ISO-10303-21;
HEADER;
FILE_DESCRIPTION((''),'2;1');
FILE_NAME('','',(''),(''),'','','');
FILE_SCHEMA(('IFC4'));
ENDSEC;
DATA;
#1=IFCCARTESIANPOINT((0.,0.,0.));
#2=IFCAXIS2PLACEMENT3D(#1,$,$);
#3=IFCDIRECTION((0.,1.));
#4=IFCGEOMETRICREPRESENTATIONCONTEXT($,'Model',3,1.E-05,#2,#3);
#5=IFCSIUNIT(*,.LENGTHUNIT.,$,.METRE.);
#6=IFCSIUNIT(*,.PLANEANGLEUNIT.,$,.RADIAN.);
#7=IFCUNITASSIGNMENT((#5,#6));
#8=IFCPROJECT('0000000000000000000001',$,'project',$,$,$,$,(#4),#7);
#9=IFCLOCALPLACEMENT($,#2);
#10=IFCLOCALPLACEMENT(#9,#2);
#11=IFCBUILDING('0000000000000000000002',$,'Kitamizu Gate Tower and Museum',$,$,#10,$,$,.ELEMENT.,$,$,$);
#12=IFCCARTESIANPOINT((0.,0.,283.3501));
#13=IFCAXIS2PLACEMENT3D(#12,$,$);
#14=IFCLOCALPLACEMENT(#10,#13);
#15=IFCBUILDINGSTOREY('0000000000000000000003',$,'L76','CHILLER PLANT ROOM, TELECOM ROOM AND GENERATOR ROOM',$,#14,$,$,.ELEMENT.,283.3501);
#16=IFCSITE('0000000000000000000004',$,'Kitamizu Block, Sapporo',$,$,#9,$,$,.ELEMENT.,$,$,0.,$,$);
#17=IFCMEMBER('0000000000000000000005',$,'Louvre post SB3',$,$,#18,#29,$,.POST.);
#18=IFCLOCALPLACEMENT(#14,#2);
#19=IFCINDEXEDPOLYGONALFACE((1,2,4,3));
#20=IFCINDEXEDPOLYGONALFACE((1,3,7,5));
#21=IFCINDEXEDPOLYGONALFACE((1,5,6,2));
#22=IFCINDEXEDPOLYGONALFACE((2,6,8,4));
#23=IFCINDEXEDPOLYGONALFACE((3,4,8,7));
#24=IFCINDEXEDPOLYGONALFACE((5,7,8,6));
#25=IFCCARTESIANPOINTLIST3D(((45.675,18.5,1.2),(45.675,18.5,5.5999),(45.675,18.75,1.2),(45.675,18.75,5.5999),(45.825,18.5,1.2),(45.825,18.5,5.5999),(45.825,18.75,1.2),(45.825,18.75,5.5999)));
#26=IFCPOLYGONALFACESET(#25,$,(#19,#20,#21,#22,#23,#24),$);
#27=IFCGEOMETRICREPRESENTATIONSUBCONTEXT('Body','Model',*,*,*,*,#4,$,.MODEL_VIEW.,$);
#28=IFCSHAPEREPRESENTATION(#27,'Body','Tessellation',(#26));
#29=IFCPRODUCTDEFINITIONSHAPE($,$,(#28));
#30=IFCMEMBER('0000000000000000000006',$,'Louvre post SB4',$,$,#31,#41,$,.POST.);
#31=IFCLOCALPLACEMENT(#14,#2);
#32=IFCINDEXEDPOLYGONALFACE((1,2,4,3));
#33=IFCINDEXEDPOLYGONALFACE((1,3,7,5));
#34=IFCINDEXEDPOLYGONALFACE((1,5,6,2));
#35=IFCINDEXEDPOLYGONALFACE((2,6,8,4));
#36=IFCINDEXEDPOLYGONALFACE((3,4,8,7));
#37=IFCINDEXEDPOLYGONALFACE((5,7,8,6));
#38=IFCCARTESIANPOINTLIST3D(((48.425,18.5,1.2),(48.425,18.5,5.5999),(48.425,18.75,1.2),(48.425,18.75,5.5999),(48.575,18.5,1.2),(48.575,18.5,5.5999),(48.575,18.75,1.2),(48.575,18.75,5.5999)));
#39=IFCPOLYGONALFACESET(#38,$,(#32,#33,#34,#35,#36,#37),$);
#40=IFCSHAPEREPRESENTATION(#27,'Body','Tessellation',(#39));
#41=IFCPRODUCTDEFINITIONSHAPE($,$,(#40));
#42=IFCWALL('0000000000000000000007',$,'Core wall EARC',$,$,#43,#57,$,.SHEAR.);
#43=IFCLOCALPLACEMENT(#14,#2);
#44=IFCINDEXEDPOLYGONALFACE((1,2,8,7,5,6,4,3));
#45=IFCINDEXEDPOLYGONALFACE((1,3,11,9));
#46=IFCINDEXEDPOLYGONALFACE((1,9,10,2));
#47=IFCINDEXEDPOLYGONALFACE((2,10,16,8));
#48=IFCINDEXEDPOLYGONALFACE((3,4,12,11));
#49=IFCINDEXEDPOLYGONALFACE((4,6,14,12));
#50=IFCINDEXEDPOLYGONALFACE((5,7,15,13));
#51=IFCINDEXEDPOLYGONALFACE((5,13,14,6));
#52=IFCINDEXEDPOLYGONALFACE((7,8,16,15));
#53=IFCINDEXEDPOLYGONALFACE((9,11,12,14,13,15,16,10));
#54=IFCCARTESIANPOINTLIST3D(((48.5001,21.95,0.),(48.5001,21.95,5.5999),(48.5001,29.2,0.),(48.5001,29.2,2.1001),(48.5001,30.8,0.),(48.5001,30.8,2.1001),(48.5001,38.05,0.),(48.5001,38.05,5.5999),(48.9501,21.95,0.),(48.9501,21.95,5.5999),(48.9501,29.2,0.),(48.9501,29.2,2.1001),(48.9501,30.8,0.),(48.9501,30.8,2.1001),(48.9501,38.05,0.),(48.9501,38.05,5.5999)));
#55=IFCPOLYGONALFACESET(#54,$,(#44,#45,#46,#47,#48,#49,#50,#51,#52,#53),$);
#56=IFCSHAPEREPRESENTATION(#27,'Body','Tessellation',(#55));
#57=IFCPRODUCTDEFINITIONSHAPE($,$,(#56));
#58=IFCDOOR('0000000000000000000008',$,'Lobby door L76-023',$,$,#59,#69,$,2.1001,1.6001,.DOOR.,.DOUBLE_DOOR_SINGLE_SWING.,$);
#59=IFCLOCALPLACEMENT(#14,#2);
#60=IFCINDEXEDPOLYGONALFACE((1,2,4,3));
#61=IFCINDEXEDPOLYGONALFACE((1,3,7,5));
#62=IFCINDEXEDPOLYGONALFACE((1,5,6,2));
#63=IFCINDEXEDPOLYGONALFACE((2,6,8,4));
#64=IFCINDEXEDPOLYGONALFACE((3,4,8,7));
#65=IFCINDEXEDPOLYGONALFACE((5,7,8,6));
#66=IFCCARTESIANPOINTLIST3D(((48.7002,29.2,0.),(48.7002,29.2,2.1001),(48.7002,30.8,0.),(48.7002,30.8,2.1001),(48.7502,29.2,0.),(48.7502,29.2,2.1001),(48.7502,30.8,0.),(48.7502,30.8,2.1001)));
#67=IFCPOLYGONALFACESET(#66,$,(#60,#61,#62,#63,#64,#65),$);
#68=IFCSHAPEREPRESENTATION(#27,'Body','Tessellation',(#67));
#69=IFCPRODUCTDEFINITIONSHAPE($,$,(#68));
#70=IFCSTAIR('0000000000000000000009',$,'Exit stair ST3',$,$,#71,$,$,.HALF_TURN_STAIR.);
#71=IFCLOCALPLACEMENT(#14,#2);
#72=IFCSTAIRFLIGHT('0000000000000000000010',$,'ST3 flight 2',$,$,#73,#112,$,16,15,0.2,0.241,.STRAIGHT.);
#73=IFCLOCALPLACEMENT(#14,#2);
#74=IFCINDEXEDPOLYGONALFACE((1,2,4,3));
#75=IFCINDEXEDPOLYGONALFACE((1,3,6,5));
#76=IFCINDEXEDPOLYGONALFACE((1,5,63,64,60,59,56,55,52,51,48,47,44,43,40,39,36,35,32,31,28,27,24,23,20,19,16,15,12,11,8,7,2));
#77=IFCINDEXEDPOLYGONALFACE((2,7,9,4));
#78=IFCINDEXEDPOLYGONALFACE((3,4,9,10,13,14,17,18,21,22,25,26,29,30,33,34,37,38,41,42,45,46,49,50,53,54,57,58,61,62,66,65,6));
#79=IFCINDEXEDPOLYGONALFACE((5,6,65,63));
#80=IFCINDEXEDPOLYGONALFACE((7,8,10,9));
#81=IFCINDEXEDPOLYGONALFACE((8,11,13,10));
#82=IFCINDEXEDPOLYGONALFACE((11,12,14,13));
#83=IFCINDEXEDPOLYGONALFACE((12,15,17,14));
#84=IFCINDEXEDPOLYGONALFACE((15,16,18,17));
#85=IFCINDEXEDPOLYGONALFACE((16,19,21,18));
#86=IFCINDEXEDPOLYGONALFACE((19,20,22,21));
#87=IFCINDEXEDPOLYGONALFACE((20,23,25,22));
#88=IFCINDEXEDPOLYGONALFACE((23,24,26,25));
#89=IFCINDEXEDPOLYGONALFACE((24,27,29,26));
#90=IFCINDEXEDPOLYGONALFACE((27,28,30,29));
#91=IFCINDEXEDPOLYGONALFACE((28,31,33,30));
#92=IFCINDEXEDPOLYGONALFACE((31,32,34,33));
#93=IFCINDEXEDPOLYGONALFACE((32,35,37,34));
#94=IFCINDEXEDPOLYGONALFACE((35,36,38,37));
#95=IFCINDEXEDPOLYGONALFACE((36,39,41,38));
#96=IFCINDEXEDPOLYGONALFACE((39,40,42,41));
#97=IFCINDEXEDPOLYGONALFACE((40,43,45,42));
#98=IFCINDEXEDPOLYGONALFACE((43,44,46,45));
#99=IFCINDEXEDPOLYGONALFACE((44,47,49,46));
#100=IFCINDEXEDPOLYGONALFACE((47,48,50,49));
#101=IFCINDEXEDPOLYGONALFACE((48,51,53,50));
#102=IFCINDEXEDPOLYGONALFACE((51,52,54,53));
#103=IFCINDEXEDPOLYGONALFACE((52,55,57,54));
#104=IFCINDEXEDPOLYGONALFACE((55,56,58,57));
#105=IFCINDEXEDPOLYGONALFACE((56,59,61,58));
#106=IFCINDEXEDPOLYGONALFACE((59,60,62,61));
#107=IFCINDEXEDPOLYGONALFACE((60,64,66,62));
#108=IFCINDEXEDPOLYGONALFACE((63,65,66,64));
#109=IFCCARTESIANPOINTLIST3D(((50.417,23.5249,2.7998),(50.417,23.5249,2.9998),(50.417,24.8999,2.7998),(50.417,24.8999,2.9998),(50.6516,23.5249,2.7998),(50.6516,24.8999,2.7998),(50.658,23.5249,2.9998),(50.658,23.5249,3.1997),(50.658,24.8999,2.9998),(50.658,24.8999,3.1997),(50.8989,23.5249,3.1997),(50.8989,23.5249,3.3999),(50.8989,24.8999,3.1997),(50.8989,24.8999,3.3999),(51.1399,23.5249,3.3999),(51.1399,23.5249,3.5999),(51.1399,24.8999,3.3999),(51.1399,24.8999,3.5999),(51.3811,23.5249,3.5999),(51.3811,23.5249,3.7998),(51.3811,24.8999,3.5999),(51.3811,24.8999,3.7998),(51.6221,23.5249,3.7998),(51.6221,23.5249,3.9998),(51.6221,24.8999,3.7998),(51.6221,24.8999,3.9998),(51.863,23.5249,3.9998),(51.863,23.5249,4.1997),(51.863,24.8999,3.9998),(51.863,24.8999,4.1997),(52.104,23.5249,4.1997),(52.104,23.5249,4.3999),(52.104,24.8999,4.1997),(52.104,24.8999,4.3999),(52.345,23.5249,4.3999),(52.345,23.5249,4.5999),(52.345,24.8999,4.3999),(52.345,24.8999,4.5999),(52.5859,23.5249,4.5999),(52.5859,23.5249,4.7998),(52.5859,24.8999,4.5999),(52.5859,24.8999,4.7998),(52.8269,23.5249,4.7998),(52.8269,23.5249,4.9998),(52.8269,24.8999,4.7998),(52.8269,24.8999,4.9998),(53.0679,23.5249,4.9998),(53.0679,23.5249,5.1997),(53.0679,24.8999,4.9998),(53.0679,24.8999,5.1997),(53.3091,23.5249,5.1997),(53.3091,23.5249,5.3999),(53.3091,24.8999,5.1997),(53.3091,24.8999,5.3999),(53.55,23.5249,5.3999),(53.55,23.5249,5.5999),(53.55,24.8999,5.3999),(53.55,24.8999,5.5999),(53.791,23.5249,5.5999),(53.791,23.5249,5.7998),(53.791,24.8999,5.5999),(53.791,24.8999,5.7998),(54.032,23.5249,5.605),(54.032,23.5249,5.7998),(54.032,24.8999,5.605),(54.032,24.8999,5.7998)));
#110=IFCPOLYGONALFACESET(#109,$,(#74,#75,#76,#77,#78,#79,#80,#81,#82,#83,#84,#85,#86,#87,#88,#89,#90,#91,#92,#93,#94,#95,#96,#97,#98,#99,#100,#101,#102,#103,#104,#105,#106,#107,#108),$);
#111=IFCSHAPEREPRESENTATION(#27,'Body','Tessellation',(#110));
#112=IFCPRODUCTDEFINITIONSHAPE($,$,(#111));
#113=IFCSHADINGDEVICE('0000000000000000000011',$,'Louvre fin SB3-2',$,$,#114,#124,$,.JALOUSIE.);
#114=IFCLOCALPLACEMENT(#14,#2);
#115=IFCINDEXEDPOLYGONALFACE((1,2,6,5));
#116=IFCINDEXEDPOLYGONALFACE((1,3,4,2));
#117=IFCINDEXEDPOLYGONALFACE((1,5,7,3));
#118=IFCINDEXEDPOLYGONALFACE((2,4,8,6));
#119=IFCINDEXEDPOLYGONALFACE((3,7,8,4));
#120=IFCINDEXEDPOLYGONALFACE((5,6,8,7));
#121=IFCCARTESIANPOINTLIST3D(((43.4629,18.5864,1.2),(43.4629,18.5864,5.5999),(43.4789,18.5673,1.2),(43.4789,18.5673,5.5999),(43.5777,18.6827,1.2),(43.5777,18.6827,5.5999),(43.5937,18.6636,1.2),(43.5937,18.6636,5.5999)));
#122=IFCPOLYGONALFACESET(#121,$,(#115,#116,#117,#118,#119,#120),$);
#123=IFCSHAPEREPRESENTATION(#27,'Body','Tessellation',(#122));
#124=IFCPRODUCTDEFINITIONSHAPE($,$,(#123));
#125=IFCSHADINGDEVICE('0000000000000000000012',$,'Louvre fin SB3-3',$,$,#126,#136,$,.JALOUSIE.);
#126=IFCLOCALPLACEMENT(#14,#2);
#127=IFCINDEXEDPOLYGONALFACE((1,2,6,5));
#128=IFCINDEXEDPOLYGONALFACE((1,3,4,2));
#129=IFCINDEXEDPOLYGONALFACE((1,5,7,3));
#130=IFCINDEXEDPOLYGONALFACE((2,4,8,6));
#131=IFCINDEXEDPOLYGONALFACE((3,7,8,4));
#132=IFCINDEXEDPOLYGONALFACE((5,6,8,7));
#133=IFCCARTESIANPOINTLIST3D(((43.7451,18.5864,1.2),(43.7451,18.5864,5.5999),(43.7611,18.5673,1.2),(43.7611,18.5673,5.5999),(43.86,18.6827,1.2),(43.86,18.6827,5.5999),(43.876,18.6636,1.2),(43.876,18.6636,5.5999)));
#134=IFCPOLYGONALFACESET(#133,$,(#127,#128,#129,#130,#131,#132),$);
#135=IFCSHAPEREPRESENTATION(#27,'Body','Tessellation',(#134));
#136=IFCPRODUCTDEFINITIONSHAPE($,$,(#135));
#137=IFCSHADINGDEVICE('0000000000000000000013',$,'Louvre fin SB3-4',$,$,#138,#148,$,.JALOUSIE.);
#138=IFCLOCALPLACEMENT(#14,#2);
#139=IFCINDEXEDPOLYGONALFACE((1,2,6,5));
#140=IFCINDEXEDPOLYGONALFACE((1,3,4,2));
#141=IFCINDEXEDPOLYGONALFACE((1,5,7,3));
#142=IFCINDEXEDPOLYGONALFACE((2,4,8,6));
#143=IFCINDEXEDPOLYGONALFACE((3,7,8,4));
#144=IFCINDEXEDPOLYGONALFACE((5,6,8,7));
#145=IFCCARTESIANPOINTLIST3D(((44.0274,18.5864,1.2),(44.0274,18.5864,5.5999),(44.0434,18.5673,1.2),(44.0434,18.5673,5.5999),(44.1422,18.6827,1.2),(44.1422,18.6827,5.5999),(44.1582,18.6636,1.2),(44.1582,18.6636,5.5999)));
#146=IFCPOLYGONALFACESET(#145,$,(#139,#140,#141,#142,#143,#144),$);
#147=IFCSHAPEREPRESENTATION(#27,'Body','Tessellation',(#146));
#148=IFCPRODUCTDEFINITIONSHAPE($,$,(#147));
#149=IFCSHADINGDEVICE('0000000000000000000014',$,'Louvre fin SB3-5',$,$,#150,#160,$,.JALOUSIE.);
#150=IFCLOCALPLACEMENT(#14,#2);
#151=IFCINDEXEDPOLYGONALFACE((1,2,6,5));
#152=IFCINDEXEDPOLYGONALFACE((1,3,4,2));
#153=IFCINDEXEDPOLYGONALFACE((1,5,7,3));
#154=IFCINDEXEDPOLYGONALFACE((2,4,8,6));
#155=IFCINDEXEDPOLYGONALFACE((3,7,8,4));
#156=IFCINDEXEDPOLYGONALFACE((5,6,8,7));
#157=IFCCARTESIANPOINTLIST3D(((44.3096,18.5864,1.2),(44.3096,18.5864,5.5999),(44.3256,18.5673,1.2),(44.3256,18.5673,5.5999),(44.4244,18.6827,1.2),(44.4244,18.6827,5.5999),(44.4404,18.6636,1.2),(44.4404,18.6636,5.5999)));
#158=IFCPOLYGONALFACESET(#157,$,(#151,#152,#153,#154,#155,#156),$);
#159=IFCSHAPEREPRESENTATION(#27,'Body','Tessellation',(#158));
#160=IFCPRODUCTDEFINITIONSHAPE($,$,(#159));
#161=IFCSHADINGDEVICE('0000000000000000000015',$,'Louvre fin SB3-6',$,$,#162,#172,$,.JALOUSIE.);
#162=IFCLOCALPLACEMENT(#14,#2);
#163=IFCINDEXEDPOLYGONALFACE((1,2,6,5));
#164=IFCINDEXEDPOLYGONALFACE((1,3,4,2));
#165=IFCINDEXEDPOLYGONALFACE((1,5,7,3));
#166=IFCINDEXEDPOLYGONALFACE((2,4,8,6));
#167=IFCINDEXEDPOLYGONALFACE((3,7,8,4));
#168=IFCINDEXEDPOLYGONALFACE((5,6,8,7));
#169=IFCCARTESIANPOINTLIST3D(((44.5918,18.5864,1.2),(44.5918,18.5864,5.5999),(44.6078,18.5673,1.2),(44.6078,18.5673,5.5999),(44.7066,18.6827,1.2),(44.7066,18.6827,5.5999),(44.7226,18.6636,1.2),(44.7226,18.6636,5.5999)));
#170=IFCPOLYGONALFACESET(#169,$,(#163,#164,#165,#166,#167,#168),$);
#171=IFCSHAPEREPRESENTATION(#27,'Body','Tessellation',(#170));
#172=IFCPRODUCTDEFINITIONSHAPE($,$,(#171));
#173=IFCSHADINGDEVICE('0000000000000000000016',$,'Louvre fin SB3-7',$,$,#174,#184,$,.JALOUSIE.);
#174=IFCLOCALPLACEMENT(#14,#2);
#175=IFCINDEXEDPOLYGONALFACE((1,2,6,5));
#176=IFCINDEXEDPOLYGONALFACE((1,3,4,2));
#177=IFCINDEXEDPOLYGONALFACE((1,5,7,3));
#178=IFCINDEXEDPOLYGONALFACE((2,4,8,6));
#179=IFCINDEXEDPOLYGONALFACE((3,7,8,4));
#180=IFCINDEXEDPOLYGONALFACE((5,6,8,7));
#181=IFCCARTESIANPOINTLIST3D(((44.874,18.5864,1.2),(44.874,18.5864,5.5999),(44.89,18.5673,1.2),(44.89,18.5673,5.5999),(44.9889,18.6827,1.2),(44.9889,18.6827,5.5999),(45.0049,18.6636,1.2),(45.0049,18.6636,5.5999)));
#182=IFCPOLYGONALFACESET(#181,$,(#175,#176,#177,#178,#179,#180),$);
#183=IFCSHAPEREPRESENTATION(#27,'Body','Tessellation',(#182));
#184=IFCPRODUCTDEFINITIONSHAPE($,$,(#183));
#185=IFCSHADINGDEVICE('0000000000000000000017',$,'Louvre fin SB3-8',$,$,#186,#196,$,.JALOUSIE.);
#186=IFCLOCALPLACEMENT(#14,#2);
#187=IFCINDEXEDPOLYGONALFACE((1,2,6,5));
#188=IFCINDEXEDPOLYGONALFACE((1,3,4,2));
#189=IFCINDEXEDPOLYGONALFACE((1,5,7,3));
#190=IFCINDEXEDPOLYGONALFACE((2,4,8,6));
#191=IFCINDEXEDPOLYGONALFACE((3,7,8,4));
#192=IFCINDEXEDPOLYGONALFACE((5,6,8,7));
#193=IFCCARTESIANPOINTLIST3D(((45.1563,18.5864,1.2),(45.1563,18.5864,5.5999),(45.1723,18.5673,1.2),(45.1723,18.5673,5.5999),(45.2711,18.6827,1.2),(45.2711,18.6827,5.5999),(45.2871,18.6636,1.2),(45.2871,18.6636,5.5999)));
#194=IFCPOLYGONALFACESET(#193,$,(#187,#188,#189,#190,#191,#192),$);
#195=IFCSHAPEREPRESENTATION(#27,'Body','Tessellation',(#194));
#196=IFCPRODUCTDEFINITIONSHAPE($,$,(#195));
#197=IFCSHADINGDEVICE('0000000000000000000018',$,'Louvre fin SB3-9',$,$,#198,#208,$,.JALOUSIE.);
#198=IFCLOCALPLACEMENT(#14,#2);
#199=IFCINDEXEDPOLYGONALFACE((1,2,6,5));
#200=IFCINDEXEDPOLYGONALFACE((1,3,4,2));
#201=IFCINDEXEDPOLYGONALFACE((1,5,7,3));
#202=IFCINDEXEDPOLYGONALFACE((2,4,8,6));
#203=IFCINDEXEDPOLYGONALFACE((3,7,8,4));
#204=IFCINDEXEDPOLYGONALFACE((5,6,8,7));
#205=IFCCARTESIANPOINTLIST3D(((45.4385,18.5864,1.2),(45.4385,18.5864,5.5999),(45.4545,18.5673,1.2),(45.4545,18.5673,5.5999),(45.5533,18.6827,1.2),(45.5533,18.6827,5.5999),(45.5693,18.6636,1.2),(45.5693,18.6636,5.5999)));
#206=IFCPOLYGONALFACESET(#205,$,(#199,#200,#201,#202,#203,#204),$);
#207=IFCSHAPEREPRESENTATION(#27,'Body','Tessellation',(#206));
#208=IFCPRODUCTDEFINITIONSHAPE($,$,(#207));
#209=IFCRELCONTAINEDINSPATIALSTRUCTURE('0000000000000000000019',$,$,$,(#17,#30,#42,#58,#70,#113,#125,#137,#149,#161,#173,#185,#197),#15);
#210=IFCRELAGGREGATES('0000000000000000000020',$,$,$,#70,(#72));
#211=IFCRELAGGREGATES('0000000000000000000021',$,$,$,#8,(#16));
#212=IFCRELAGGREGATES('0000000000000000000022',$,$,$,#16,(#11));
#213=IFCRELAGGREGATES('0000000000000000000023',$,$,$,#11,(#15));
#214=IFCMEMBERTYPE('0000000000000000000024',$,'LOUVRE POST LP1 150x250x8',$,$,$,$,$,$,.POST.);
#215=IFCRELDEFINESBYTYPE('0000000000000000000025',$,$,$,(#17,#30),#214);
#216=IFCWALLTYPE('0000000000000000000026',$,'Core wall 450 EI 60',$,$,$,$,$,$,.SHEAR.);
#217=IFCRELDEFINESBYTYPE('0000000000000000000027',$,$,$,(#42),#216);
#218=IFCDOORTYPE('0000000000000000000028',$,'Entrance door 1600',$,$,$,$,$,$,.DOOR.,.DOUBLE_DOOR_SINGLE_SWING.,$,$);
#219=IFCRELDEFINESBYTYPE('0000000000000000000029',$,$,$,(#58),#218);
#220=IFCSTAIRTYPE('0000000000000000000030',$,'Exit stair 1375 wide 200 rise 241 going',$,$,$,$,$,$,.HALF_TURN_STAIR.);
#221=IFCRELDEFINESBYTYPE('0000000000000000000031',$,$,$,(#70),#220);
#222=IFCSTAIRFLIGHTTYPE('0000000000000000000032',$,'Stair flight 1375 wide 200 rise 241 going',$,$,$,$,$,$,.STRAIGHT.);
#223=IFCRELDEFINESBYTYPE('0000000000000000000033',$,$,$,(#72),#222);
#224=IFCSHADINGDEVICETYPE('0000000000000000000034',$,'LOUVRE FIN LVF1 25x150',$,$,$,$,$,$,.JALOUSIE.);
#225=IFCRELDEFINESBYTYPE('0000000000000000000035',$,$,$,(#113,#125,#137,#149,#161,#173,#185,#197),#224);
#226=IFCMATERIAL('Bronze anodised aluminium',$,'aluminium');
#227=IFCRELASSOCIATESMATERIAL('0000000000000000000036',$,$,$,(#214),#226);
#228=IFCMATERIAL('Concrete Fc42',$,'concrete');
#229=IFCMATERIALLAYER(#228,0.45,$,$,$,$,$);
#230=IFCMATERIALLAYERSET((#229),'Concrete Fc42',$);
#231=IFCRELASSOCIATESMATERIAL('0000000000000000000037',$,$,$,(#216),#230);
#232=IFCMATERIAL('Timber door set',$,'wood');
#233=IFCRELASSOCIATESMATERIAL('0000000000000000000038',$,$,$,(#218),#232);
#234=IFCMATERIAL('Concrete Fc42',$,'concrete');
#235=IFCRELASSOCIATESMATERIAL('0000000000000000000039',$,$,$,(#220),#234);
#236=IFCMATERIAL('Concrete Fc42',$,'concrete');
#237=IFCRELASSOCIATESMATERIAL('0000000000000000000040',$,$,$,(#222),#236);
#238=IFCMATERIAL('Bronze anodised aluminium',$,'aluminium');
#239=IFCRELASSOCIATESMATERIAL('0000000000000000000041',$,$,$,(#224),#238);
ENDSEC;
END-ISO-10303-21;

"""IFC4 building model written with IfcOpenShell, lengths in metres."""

from ifc_helpers import new_model, si_unit, direction, frame, frame_2d, origin, origin_2d, place, context, subcontext, project, spatial, polyline, rectangle, outline, extrude, material, layer, layer_set, material_profile, profile_set, type_object, element, fill, aggregate, save


model = new_model("IFC4")

# Units and contexts
model_context = context("Model", 3, precision=1e-05, world=origin(), true_north=direction((0.0, 1.0)))
body_context = subcontext(model_context, "Body", "Model", "MODEL_VIEW")
ifc_project = project(units=[si_unit("LENGTHUNIT", "METRE"), si_unit("PLANEANGLEUNIT", "RADIAN")], contexts=[model_context])

# Site, building, storey
site_placement = place(None, origin())
site = spatial("IfcSite", under=ifc_project, at=site_placement, Name="Kitamizu Block, Sapporo", CompositionType="ELEMENT", RefElevation=0.0)
building_placement = place(site_placement, origin())
building = spatial("IfcBuilding", under=site, at=building_placement, Name="Kitamizu Gate Tower and Museum", CompositionType="ELEMENT")
storey_placement = place(building_placement, frame((0.0, 0.0, 283.3501)))
storey = spatial("IfcBuildingStorey", under=building, at=storey_placement, Name="L76", Description="CHILLER PLANT ROOM, TELECOM ROOM AND GENERATOR ROOM", CompositionType="ELEMENT", Elevation=283.3501)

# Members
ifc_material_1 = material(Name="Bronze anodised aluminium", Category="aluminium")
ifc_material_profile_1 = material_profile(ifc_material_1, rectangle(XDim=0.1499, YDim=0.25, at=origin_2d()), Name="AL 150x250")
ifc_profile_set_1 = profile_set([ifc_material_profile_1], Name="Bronze anodised aluminium")
member_type = type_object("IfcMemberType", Name="LOUVRE POST LP1 150x250x8", PredefinedType="POST", material=ifc_profile_set_1)
for number, where, z_axis, x_axis, name in (
    (1, (45.75, 18.625, 1.2), (0.0, 0.0, 1.0), (1.0, 0.0, 0.0), "Louvre post SB3"),
    (2, (48.5, 18.625, 1.2), (0.0, 0.0, 1.0), (1.0, 0.0, 0.0), "Louvre post SB4"),
):
    element("IfcMember", number, at=place(storey_placement, frame(where, z_axis=z_axis, x_axis=x_axis)), inside=storey, type_object=member_type, Name=name, PredefinedType="POST", context=body_context, shape_type="SweptSolid", body=[
        extrude(rectangle(XDim=0.1499, YDim=0.25, at=origin_2d()), origin(), (0.0, 0.0, 1.0), 4.3999),
    ])

# Wall, opening, door
ifc_material_2 = material(Name="Concrete Fc42", Category="concrete")
ifc_layer = layer(ifc_material_2, 0.45)
ifc_layer_set = layer_set([ifc_layer], Name="Concrete Fc42")
wall_type = type_object("IfcWallType", Name="Core wall 450 EI 60", PredefinedType="SHEAR", material=ifc_layer_set)
wall_placement = place(storey_placement, frame((48.7251, 21.95, 0.0), z_axis=(0.0, 0.0, 1.0), x_axis=(0.0, 1.0, 0.0)))
wall = element("IfcWall", 3, at=wall_placement, inside=storey, type_object=wall_type, Name="Core wall EARC", PredefinedType="SHEAR", context=body_context, shape_type="SweptSolid", body=[
    extrude(rectangle(XDim=16.1001, YDim=0.45, at=frame_2d((8.05, 0.0))), origin(), (0.0, 0.0, 1.0), 5.5999),
])
opening_placement = place(wall_placement, frame((7.25, 0.0, 0.0)))
opening = element("IfcOpeningElement", 4, at=opening_placement, cuts=wall, PredefinedType="OPENING", context=body_context, shape_type="SweptSolid", body=[
    extrude(rectangle(XDim=1.6001, YDim=2.1001, at=frame_2d((0.8, 1.05))), frame((0.0, 0.2349, 0.0), z_axis=(0.0, -1.0, 0.0), x_axis=(1.0, 0.0, 0.0)), (0.0, 0.0, 1.0), 0.47),
])
ifc_material_3 = material(Name="Timber door set", Category="wood")
door_type = type_object("IfcDoorType", Name="Entrance door 1600", OperationType="DOUBLE_DOOR_SINGLE_SWING", PredefinedType="DOOR", material=ifc_material_3)
door_placement = place(opening_placement, origin())
door = element("IfcDoor", 5, at=door_placement, inside=storey, type_object=door_type, Name="Lobby door L76-023", OperationType="DOUBLE_DOOR_SINGLE_SWING", OverallHeight=2.1001, OverallWidth=1.6001, PredefinedType="DOOR", context=body_context, shape_type="SweptSolid", body=[
    extrude(rectangle(XDim=1.6001, YDim=2.1001, at=frame_2d((0.8, 1.05))), frame((0.0, 0.0249, 0.0), z_axis=(0.0, -1.0, 0.0), x_axis=(1.0, 0.0, 0.0)), (0.0, 0.0, 1.0), 0.05),
])
fill(opening, door)

# Stair, stair flight
ifc_material_4 = material(Name="Concrete Fc42", Category="concrete")
stair_type = type_object("IfcStairType", Name="Exit stair 1375 wide 200 rise 241 going", PredefinedType="HALF_TURN_STAIR", material=ifc_material_4)
stair_placement = place(storey_placement, origin())
stair = element("IfcStair", 6, at=stair_placement, inside=storey, type_object=stair_type, Name="Exit stair ST3", PredefinedType="HALF_TURN_STAIR")
ifc_material_5 = material(Name="Concrete Fc42", Category="concrete")
stair_flight_type = type_object("IfcStairFlightType", Name="Stair flight 1375 wide 200 rise 241 going", PredefinedType="STRAIGHT", material=ifc_material_5)
stair_flight_placement = place(storey_placement, frame((50.417, 24.2124, 2.7998), z_axis=(0.0, 0.0, 1.0), x_axis=(1.0, 0.0, 0.0)))
stair_flight = element("IfcStairFlight", 7, at=stair_flight_placement, type_object=stair_flight_type, Name="ST3 flight 2", NumberOfRisers=16, NumberOfTreads=15, PredefinedType="STRAIGHT", RiserHeight=0.2, TreadLength=0.241, context=body_context, shape_type="SweptSolid", body=[
    extrude(outline(polyline([(0.0, 0.0), (0.0, 0.2), (0.241, 0.2), (0.241, 0.3999), (0.4819, 0.3999), (0.4819, 0.6001), (0.7229, 0.6001), (0.7229, 0.8), (0.9641, 0.8), (0.9641, 1.0), (1.2051, 1.0), (1.2051, 1.2), (1.446, 1.2), (1.446, 1.3999), (1.687, 1.3999), (1.687, 1.6001), (1.928, 1.6001), (1.928, 1.8), (2.1689, 1.8), (2.1689, 2.0), (2.4099, 2.0), (2.4099, 2.2), (2.6509, 2.2), (2.6509, 2.3999), (2.8921, 2.3999), (2.8921, 2.6001), (3.1331, 2.6001), (3.1331, 2.8), (3.374, 2.8), (3.374, 3.0), (3.615, 3.0), (3.615, 3.2), (3.615, 2.8052), (0.2346, 0.0), (0.0, 0.0)])), frame((0.0, 0.6875, 0.0), z_axis=(0.0, -1.0, 0.0), x_axis=(1.0, 0.0, 0.0)), (0.0, 0.0, 1.0), 1.375),
])
aggregate(stair, [stair_flight])

# Shading devices
ifc_material_6 = material(Name="Bronze anodised aluminium", Category="aluminium")
ifc_material_profile_2 = material_profile(ifc_material_6, rectangle(XDim=0.1499, YDim=0.0249, at=origin_2d()), Name="AL 25x150")
ifc_profile_set_2 = profile_set([ifc_material_profile_2], Name="Bronze anodised aluminium")
shading_device_type = type_object("IfcShadingDeviceType", Name="LOUVRE FIN LVF1 25x150", PredefinedType="JALOUSIE", material=ifc_profile_set_2)
for number, where, z_axis, x_axis, name in (
    (8, (43.5283, 18.625, 1.2), (0.0, 0.0, 1.0), (0.766044, 0.642788, 0.0), "Louvre fin SB3-2"),
    (9, (43.8105, 18.625, 1.2), (0.0, 0.0, 1.0), (0.766044, 0.642788, 0.0), "Louvre fin SB3-3"),
    (10, (44.0928, 18.625, 1.2), (0.0, 0.0, 1.0), (0.766044, 0.642788, 0.0), "Louvre fin SB3-4"),
    (11, (44.375, 18.625, 1.2), (0.0, 0.0, 1.0), (0.766044, 0.642788, 0.0), "Louvre fin SB3-5"),
    (12, (44.6572, 18.625, 1.2), (0.0, 0.0, 1.0), (0.766044, 0.642788, 0.0), "Louvre fin SB3-6"),
    (13, (44.9395, 18.625, 1.2), (0.0, 0.0, 1.0), (0.766044, 0.642788, 0.0), "Louvre fin SB3-7"),
    (14, (45.2217, 18.625, 1.2), (0.0, 0.0, 1.0), (0.766044, 0.642788, 0.0), "Louvre fin SB3-8"),
    (15, (45.5039, 18.625, 1.2), (0.0, 0.0, 1.0), (0.766044, 0.642788, 0.0), "Louvre fin SB3-9"),
):
    element("IfcShadingDevice", number, at=place(storey_placement, frame(where, z_axis=z_axis, x_axis=x_axis)), inside=storey, type_object=shading_device_type, Name=name, PredefinedType="JALOUSIE", context=body_context, shape_type="SweptSolid", body=[
        extrude(rectangle(XDim=0.1499, YDim=0.0249, at=origin_2d()), origin(), (0.0, 0.0, 1.0), 4.3999),
    ])

save(model, "model.ifc")
